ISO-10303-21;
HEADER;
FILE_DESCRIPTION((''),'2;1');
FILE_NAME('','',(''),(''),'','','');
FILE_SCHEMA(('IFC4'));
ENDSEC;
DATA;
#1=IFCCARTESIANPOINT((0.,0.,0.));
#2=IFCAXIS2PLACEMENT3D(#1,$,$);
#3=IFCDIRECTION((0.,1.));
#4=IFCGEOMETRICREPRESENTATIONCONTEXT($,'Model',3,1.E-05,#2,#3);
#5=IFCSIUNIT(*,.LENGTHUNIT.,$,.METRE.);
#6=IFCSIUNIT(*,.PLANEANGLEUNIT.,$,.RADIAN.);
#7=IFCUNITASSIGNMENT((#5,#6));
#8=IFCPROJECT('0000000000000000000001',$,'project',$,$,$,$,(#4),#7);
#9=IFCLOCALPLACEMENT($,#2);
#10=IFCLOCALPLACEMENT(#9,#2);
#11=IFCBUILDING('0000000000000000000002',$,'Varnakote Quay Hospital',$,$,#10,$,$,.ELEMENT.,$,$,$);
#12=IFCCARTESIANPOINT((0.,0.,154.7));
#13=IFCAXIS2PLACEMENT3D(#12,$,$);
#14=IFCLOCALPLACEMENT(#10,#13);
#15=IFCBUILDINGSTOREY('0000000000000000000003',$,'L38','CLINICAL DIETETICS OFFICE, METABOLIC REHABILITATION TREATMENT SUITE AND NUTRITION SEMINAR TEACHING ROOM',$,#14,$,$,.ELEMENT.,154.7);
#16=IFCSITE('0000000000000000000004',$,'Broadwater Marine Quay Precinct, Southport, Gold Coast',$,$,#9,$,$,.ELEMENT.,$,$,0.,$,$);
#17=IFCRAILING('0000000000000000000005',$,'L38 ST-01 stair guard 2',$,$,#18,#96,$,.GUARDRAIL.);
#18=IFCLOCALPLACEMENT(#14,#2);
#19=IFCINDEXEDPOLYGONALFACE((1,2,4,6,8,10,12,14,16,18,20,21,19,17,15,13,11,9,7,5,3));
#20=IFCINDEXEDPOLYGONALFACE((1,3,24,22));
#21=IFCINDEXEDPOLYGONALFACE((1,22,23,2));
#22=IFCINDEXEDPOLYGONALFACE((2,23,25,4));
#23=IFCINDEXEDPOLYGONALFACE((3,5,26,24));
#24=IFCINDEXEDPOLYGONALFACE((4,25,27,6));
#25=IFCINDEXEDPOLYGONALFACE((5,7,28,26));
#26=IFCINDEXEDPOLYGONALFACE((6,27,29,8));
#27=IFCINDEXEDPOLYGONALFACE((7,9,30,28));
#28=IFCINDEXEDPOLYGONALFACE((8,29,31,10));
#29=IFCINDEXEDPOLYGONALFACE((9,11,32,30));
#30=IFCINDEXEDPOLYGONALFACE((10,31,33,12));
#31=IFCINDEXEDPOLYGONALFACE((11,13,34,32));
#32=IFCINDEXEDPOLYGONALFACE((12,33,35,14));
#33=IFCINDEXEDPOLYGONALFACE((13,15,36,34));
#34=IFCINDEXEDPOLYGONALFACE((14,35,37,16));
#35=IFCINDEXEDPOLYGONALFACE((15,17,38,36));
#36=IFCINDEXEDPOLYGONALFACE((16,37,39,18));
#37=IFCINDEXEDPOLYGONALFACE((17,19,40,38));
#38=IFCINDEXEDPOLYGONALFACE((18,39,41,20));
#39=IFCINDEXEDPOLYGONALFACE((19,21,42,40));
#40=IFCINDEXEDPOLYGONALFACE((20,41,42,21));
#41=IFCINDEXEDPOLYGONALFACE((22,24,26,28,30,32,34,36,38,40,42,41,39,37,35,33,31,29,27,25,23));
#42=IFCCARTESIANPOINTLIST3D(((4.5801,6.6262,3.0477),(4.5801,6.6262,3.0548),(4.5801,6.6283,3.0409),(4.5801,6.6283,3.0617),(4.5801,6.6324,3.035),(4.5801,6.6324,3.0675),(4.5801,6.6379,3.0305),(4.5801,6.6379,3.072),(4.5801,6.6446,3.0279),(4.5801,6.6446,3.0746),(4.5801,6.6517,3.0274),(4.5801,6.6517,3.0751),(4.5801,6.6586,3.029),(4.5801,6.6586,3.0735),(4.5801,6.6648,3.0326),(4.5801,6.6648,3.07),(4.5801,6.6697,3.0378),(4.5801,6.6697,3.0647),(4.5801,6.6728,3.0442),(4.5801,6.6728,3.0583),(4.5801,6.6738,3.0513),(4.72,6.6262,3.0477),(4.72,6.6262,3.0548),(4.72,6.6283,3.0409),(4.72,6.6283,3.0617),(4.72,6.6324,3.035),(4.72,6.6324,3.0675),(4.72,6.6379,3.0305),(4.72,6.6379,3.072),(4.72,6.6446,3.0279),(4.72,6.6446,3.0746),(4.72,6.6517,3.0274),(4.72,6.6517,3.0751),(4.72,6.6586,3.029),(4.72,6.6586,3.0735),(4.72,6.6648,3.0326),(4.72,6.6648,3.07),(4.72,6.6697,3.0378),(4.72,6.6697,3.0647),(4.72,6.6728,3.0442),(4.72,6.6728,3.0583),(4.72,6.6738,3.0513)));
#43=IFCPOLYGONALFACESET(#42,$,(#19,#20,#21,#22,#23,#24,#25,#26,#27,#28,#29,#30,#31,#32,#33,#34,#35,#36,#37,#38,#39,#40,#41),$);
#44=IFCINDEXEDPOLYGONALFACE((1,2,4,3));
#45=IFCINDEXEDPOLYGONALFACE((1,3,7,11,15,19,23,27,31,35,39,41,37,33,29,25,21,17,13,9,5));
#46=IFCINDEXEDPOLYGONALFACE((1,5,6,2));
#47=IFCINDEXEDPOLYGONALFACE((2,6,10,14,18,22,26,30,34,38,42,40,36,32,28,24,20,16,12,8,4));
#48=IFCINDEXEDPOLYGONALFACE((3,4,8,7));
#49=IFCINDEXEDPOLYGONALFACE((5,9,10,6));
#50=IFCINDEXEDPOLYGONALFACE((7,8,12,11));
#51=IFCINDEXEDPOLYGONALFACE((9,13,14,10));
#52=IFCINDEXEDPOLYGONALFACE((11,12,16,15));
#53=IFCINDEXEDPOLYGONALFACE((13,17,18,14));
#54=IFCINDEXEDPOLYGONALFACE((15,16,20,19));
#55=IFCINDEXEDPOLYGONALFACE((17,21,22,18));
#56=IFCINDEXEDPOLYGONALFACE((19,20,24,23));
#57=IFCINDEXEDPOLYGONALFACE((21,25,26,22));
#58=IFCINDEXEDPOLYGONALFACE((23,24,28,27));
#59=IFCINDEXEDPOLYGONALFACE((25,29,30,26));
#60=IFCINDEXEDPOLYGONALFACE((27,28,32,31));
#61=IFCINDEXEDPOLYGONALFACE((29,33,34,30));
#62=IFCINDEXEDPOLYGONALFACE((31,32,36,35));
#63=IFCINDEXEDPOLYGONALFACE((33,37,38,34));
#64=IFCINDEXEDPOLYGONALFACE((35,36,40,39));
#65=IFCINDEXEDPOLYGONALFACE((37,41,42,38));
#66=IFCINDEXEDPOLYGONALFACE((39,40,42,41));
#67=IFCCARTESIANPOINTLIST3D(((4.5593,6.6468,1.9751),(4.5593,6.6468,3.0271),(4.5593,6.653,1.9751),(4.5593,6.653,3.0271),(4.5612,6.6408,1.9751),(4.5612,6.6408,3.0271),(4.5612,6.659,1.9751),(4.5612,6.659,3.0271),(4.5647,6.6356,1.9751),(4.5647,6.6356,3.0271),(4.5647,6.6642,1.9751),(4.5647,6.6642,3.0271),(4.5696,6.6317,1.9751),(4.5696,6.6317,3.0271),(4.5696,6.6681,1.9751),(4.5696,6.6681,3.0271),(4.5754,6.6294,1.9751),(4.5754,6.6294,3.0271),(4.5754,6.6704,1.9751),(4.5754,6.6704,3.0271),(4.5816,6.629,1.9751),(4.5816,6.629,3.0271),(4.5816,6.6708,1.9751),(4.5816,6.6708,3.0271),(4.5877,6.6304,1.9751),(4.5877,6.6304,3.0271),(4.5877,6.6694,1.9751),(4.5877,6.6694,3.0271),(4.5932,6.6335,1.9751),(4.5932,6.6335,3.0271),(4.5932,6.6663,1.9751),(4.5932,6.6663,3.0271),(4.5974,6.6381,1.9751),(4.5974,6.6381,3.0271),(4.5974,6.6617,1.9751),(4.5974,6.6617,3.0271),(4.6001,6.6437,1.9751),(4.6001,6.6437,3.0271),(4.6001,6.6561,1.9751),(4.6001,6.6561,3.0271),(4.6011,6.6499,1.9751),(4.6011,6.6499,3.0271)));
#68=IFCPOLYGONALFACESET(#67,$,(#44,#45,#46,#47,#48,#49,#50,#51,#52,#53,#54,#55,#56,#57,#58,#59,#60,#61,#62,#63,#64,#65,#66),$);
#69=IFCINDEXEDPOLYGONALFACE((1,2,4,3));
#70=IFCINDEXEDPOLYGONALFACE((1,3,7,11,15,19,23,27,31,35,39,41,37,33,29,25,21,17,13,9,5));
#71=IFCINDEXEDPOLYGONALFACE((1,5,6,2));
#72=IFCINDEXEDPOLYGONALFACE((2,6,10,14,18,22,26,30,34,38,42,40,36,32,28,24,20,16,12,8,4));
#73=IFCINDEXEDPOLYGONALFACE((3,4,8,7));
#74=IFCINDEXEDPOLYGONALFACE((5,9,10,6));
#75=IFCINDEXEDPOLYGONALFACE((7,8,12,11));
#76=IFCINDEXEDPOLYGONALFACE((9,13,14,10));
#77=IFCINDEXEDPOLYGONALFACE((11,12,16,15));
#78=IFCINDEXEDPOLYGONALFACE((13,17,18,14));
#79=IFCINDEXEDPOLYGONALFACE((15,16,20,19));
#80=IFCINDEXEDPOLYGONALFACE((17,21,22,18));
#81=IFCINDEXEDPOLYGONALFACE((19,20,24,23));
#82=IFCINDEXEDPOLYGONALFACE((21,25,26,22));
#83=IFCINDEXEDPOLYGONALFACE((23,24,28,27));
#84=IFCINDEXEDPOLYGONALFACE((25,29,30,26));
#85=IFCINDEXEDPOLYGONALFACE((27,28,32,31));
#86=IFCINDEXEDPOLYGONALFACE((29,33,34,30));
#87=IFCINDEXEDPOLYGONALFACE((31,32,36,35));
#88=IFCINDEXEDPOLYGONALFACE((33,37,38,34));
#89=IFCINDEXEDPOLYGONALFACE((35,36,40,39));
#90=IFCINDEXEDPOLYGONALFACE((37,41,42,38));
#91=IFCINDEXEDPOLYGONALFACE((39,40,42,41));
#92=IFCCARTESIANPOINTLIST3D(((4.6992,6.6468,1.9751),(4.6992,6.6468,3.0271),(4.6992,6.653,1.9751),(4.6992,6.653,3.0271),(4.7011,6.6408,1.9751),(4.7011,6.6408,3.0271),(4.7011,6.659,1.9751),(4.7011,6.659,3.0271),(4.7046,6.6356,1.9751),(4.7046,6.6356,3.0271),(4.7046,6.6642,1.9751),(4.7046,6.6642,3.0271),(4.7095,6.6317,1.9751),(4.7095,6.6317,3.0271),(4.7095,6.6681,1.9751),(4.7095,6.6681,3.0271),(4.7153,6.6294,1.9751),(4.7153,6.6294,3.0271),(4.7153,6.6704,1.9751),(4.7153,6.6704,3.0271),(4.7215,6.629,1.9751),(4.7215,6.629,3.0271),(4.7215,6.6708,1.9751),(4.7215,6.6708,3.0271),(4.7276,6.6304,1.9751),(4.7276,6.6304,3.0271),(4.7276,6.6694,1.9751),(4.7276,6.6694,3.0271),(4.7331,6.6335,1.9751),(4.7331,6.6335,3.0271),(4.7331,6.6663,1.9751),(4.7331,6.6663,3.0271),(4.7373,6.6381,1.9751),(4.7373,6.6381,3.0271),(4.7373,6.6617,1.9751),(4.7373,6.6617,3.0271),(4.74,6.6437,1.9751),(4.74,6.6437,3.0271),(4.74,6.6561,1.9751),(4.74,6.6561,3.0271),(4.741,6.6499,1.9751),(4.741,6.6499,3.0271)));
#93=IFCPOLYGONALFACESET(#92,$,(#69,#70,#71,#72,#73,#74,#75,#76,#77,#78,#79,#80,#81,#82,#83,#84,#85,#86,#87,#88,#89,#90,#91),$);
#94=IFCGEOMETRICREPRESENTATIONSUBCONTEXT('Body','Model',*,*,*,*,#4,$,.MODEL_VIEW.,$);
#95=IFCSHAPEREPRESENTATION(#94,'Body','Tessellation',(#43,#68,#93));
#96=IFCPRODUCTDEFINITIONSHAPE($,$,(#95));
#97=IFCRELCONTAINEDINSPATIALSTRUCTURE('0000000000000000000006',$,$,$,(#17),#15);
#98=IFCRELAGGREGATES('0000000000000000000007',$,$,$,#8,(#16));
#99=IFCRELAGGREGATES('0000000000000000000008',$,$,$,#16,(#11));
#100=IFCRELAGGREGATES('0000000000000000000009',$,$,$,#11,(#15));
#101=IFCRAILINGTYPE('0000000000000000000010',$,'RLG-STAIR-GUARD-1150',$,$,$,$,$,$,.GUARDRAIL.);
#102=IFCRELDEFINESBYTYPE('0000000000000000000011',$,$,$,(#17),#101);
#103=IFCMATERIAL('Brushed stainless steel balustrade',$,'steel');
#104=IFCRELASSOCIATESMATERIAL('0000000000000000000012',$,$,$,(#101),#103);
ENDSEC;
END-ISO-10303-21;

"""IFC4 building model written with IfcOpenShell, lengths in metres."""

from ifc_helpers import new_model, si_unit, direction, frame, origin, origin_2d, place, context, subcontext, project, spatial, circle, extrude, material, type_object, element, save


model = new_model("IFC4")

# Units and contexts
model_context = context("Model", 3, precision=1e-05, world=origin(), true_north=direction((0.0, 1.0)))
body_context = subcontext(model_context, "Body", "Model", "MODEL_VIEW")
ifc_project = project(units=[si_unit("LENGTHUNIT", "METRE"), si_unit("PLANEANGLEUNIT", "RADIAN")], contexts=[model_context])

# Site, building, storey
site_placement = place(None, origin())
site = spatial("IfcSite", under=ifc_project, at=site_placement, Name="Broadwater Marine Quay Precinct, Southport, Gold Coast", CompositionType="ELEMENT", RefElevation=0.0)
building_placement = place(site_placement, origin())
building = spatial("IfcBuilding", under=site, at=building_placement, Name="Varnakote Quay Hospital", CompositionType="ELEMENT")
storey_placement = place(building_placement, frame((0.0, 0.0, 154.7)))
storey = spatial("IfcBuildingStorey", under=building, at=storey_placement, Name="L38", Description="CLINICAL DIETETICS OFFICE, METABOLIC REHABILITATION TREATMENT SUITE AND NUTRITION SEMINAR TEACHING ROOM", CompositionType="ELEMENT", Elevation=154.7)

# Railing
ifc_material_1 = material(Name="Brushed stainless steel balustrade", Category="steel")
railing_type_1 = type_object("IfcRailingType", Name="RLG-STAIR-GUARD-1150", PredefinedType="GUARDRAIL", material=ifc_material_1)
railing_1_placement = place(storey_placement, frame((4.5801, 6.6499, 1.9751)))
element("IfcRailing", 1, at=railing_1_placement, inside=storey, type_object=railing_type_1, Name="L38 ST-01 stair guard 2", PredefinedType="GUARDRAIL", context=body_context, shape_type="SweptSolid", body=[
    extrude(circle(Radius=0.0239, at=origin_2d()), frame((0.0, 0.0, 1.0762), z_axis=(1.0, 0.0, 0.0), x_axis=(0.0, 1.0, 0.0)), (0.0, 0.0, 1.0), 0.1399),
    extrude(circle(Radius=0.021, at=origin_2d()), origin(), (0.0, 0.0, 1.0), 1.052),
    extrude(circle(Radius=0.021, at=origin_2d()), frame((0.1399, 0.0, 0.0)), (0.0, 0.0, 1.0), 1.052),
])

save(model, "model.ifc")
